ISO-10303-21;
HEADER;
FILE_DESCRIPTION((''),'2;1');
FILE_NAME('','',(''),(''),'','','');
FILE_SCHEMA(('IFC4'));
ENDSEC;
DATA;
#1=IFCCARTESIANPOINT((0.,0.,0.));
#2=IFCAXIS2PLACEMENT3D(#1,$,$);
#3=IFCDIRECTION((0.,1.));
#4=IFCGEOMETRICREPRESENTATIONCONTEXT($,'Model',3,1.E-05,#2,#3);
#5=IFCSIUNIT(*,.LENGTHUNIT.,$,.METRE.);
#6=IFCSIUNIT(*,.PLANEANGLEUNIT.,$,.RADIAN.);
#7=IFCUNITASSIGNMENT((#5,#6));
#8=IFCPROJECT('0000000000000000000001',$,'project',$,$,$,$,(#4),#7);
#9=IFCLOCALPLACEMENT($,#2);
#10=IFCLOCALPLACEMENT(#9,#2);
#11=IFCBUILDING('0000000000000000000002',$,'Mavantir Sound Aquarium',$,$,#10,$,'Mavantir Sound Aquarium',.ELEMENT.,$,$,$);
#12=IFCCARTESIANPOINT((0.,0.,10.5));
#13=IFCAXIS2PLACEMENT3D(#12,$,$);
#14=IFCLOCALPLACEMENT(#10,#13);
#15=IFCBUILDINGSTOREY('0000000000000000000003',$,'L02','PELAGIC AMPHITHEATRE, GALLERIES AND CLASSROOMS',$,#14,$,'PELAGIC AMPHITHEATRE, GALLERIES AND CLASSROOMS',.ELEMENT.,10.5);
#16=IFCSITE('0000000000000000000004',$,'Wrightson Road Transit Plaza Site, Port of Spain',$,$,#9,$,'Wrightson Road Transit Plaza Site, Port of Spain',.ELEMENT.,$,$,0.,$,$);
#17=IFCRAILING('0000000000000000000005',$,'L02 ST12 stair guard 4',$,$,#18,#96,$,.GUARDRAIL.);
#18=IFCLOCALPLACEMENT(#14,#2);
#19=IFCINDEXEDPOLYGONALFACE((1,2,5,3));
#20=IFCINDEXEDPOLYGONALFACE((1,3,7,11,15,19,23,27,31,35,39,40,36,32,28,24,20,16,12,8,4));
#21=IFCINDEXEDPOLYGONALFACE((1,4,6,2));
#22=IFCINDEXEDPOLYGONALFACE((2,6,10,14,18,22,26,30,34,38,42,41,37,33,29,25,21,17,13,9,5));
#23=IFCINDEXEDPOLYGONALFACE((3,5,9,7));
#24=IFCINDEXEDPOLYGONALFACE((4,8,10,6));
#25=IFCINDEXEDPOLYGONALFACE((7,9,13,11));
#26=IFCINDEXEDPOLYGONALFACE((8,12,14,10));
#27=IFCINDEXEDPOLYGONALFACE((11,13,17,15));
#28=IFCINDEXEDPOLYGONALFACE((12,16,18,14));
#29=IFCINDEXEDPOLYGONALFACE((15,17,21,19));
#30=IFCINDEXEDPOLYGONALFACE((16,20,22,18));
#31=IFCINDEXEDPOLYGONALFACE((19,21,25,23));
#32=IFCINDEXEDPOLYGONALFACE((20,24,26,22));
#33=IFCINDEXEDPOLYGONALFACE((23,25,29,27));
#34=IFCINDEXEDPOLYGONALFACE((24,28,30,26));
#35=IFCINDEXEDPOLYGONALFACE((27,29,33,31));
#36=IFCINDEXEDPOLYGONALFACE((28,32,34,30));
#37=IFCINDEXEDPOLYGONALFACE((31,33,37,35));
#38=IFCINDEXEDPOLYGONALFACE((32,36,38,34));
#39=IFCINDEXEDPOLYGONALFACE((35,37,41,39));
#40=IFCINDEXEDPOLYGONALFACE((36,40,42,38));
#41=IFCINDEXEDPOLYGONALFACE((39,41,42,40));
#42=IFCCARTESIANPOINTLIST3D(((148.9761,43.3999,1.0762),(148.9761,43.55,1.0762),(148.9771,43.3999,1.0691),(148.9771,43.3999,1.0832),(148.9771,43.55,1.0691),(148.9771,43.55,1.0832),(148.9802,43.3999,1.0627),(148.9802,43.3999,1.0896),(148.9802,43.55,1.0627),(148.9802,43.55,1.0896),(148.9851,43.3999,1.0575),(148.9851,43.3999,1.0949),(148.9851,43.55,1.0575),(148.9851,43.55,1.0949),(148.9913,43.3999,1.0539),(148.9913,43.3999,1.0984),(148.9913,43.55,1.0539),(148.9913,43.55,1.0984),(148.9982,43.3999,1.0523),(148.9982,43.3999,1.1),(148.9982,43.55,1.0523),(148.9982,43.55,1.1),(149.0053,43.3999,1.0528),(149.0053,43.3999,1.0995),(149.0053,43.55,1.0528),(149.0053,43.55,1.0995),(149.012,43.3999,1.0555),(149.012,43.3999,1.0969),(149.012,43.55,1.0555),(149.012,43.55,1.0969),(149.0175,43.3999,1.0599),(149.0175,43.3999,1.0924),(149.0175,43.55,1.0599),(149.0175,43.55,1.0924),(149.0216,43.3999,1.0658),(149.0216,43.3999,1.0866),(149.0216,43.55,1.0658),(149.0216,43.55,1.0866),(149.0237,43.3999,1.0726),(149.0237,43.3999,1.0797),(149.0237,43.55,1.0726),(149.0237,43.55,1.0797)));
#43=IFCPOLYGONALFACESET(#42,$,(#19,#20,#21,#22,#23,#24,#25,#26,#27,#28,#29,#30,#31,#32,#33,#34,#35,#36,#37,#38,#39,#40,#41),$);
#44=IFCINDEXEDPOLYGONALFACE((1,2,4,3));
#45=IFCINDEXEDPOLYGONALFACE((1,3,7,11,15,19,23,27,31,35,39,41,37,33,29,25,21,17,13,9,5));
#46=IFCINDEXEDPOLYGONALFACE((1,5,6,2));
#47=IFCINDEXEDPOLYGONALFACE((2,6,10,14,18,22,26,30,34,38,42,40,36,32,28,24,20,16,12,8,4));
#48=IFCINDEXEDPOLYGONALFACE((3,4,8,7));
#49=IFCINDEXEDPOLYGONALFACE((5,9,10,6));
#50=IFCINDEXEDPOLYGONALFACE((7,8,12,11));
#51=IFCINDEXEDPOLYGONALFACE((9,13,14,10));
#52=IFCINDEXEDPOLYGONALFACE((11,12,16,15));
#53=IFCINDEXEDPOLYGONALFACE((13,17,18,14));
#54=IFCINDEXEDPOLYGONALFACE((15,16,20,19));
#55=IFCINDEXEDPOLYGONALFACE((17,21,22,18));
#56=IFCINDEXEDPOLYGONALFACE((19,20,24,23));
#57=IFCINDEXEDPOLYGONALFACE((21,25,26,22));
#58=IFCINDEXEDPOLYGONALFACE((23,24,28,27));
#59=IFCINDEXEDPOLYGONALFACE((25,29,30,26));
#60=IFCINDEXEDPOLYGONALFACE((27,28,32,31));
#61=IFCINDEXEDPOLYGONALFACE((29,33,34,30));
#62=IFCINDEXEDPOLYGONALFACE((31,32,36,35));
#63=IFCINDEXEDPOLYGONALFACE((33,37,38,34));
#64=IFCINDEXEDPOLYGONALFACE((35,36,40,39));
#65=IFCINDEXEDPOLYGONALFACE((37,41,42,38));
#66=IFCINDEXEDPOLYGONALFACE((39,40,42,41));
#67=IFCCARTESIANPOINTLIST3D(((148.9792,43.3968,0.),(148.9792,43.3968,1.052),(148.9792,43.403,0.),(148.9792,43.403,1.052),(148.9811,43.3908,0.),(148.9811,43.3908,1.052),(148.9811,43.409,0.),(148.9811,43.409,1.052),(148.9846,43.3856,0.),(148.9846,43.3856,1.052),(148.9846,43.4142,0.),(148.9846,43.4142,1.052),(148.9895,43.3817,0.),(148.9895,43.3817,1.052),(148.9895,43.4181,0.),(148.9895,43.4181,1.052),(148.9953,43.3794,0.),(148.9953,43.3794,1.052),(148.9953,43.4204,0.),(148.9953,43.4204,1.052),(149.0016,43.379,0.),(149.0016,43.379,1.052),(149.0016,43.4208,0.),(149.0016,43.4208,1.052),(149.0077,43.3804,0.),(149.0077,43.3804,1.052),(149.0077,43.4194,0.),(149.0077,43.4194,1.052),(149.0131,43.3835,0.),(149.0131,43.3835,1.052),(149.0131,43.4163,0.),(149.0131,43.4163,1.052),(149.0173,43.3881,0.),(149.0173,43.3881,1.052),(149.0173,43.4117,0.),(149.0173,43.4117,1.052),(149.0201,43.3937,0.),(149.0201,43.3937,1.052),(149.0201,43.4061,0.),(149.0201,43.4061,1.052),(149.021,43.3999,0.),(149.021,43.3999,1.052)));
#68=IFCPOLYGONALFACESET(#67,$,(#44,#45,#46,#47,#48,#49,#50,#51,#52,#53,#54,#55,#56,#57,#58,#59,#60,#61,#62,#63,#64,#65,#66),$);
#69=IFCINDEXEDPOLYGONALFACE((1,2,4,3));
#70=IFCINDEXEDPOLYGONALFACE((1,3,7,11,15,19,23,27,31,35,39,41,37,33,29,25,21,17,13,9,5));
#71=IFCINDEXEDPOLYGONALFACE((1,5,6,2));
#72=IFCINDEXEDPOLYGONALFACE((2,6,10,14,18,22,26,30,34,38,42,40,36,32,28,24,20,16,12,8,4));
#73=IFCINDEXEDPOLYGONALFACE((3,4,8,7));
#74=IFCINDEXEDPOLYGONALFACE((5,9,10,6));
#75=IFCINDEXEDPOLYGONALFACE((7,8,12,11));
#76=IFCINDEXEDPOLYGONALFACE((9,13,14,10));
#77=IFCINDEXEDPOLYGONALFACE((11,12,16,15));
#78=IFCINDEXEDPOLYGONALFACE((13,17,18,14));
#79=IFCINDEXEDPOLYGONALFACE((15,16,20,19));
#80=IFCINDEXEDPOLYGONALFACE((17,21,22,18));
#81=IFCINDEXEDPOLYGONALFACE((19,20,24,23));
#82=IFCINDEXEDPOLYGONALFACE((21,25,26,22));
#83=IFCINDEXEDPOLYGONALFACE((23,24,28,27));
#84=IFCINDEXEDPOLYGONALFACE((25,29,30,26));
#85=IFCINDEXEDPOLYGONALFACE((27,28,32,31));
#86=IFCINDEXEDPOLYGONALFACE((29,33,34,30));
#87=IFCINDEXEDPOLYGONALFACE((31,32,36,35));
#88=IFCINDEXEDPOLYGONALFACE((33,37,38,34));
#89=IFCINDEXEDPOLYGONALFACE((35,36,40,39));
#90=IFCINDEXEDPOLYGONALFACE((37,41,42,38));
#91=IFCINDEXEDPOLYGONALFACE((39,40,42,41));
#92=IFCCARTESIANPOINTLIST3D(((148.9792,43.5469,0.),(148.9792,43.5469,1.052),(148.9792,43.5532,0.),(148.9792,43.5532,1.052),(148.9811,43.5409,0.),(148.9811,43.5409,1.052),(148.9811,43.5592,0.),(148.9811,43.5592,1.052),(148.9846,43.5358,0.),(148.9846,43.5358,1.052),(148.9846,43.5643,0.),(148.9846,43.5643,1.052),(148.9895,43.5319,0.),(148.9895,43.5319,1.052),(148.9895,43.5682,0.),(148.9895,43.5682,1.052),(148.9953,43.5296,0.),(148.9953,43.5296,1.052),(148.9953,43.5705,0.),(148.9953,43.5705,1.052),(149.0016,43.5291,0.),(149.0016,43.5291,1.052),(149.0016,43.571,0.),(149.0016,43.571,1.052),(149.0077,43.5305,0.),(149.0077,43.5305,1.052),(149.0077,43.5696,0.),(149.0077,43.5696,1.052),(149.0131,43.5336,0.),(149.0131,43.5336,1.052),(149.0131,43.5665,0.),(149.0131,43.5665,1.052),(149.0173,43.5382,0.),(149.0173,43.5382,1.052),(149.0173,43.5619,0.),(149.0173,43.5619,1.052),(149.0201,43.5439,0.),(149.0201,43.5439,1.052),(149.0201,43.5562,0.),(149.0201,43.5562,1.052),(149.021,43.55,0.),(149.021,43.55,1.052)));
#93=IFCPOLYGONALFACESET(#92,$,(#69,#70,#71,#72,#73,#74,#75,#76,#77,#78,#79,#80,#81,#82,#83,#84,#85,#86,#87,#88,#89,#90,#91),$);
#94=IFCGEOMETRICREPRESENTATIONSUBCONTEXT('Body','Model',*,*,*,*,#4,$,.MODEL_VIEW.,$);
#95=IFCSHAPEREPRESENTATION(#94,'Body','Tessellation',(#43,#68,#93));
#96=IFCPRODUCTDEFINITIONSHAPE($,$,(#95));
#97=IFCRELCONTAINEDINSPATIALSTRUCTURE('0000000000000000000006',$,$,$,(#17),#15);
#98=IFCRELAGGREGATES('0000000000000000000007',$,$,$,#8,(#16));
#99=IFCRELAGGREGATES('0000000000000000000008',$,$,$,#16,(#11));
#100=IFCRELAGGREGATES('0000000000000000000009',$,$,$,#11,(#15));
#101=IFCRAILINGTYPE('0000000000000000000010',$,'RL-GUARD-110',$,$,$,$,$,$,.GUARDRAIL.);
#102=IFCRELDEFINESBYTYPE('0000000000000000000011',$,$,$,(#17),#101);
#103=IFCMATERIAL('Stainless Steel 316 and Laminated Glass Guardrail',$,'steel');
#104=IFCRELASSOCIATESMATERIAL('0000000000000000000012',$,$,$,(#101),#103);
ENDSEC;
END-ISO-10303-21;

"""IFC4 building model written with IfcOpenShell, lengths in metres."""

from ifc_helpers import new_model, si_unit, direction, frame, origin, origin_2d, place, context, subcontext, project, spatial, circle, extrude, material, type_object, element, save


model = new_model("IFC4")

# Units and contexts
model_context = context("Model", 3, precision=1e-05, world=origin(), true_north=direction((0.0, 1.0)))
body_context = subcontext(model_context, "Body", "Model", "MODEL_VIEW")
ifc_project = project(units=[si_unit("LENGTHUNIT", "METRE"), si_unit("PLANEANGLEUNIT", "RADIAN")], contexts=[model_context])

# Site, building, storey
site_placement = place(None, origin())
site = spatial("IfcSite", under=ifc_project, at=site_placement, Name="Wrightson Road Transit Plaza Site, Port of Spain", LongName="Wrightson Road Transit Plaza Site, Port of Spain", CompositionType="ELEMENT", RefElevation=0.0)
building_placement = place(site_placement, origin())
building = spatial("IfcBuilding", under=site, at=building_placement, Name="Mavantir Sound Aquarium", LongName="Mavantir Sound Aquarium", CompositionType="ELEMENT")
storey_placement = place(building_placement, frame((0.0, 0.0, 10.5)))
storey = spatial("IfcBuildingStorey", under=building, at=storey_placement, Name="L02", Description="PELAGIC AMPHITHEATRE, GALLERIES AND CLASSROOMS", LongName="PELAGIC AMPHITHEATRE, GALLERIES AND CLASSROOMS", CompositionType="ELEMENT", Elevation=10.5)

# Railing
ifc_material_1 = material(Name="Stainless Steel 316 and Laminated Glass Guardrail", Category="steel")
railing_type_1 = type_object("IfcRailingType", Name="RL-GUARD-110", PredefinedType="GUARDRAIL", material=ifc_material_1)
railing_1_placement = place(storey_placement, frame((149.0, 43.3999, 0.0)))
element("IfcRailing", 1, at=railing_1_placement, inside=storey, type_object=railing_type_1, Name="L02 ST12 stair guard 4", PredefinedType="GUARDRAIL", context=body_context, shape_type="SweptSolid", body=[
    extrude(circle(Radius=0.0239, at=origin_2d()), frame((0.0, 0.0, 1.0762), z_axis=(0.0, 1.0, 0.0), x_axis=(-1.0, 0.0, 0.0)), (0.0, 0.0, 1.0), 0.1501),
    extrude(circle(Radius=0.021, at=origin_2d()), origin(), (0.0, 0.0, 1.0), 1.052),
    extrude(circle(Radius=0.021, at=origin_2d()), frame((0.0, 0.1501, 0.0)), (0.0, 0.0, 1.0), 1.052),
])

save(model, "model.ifc")
